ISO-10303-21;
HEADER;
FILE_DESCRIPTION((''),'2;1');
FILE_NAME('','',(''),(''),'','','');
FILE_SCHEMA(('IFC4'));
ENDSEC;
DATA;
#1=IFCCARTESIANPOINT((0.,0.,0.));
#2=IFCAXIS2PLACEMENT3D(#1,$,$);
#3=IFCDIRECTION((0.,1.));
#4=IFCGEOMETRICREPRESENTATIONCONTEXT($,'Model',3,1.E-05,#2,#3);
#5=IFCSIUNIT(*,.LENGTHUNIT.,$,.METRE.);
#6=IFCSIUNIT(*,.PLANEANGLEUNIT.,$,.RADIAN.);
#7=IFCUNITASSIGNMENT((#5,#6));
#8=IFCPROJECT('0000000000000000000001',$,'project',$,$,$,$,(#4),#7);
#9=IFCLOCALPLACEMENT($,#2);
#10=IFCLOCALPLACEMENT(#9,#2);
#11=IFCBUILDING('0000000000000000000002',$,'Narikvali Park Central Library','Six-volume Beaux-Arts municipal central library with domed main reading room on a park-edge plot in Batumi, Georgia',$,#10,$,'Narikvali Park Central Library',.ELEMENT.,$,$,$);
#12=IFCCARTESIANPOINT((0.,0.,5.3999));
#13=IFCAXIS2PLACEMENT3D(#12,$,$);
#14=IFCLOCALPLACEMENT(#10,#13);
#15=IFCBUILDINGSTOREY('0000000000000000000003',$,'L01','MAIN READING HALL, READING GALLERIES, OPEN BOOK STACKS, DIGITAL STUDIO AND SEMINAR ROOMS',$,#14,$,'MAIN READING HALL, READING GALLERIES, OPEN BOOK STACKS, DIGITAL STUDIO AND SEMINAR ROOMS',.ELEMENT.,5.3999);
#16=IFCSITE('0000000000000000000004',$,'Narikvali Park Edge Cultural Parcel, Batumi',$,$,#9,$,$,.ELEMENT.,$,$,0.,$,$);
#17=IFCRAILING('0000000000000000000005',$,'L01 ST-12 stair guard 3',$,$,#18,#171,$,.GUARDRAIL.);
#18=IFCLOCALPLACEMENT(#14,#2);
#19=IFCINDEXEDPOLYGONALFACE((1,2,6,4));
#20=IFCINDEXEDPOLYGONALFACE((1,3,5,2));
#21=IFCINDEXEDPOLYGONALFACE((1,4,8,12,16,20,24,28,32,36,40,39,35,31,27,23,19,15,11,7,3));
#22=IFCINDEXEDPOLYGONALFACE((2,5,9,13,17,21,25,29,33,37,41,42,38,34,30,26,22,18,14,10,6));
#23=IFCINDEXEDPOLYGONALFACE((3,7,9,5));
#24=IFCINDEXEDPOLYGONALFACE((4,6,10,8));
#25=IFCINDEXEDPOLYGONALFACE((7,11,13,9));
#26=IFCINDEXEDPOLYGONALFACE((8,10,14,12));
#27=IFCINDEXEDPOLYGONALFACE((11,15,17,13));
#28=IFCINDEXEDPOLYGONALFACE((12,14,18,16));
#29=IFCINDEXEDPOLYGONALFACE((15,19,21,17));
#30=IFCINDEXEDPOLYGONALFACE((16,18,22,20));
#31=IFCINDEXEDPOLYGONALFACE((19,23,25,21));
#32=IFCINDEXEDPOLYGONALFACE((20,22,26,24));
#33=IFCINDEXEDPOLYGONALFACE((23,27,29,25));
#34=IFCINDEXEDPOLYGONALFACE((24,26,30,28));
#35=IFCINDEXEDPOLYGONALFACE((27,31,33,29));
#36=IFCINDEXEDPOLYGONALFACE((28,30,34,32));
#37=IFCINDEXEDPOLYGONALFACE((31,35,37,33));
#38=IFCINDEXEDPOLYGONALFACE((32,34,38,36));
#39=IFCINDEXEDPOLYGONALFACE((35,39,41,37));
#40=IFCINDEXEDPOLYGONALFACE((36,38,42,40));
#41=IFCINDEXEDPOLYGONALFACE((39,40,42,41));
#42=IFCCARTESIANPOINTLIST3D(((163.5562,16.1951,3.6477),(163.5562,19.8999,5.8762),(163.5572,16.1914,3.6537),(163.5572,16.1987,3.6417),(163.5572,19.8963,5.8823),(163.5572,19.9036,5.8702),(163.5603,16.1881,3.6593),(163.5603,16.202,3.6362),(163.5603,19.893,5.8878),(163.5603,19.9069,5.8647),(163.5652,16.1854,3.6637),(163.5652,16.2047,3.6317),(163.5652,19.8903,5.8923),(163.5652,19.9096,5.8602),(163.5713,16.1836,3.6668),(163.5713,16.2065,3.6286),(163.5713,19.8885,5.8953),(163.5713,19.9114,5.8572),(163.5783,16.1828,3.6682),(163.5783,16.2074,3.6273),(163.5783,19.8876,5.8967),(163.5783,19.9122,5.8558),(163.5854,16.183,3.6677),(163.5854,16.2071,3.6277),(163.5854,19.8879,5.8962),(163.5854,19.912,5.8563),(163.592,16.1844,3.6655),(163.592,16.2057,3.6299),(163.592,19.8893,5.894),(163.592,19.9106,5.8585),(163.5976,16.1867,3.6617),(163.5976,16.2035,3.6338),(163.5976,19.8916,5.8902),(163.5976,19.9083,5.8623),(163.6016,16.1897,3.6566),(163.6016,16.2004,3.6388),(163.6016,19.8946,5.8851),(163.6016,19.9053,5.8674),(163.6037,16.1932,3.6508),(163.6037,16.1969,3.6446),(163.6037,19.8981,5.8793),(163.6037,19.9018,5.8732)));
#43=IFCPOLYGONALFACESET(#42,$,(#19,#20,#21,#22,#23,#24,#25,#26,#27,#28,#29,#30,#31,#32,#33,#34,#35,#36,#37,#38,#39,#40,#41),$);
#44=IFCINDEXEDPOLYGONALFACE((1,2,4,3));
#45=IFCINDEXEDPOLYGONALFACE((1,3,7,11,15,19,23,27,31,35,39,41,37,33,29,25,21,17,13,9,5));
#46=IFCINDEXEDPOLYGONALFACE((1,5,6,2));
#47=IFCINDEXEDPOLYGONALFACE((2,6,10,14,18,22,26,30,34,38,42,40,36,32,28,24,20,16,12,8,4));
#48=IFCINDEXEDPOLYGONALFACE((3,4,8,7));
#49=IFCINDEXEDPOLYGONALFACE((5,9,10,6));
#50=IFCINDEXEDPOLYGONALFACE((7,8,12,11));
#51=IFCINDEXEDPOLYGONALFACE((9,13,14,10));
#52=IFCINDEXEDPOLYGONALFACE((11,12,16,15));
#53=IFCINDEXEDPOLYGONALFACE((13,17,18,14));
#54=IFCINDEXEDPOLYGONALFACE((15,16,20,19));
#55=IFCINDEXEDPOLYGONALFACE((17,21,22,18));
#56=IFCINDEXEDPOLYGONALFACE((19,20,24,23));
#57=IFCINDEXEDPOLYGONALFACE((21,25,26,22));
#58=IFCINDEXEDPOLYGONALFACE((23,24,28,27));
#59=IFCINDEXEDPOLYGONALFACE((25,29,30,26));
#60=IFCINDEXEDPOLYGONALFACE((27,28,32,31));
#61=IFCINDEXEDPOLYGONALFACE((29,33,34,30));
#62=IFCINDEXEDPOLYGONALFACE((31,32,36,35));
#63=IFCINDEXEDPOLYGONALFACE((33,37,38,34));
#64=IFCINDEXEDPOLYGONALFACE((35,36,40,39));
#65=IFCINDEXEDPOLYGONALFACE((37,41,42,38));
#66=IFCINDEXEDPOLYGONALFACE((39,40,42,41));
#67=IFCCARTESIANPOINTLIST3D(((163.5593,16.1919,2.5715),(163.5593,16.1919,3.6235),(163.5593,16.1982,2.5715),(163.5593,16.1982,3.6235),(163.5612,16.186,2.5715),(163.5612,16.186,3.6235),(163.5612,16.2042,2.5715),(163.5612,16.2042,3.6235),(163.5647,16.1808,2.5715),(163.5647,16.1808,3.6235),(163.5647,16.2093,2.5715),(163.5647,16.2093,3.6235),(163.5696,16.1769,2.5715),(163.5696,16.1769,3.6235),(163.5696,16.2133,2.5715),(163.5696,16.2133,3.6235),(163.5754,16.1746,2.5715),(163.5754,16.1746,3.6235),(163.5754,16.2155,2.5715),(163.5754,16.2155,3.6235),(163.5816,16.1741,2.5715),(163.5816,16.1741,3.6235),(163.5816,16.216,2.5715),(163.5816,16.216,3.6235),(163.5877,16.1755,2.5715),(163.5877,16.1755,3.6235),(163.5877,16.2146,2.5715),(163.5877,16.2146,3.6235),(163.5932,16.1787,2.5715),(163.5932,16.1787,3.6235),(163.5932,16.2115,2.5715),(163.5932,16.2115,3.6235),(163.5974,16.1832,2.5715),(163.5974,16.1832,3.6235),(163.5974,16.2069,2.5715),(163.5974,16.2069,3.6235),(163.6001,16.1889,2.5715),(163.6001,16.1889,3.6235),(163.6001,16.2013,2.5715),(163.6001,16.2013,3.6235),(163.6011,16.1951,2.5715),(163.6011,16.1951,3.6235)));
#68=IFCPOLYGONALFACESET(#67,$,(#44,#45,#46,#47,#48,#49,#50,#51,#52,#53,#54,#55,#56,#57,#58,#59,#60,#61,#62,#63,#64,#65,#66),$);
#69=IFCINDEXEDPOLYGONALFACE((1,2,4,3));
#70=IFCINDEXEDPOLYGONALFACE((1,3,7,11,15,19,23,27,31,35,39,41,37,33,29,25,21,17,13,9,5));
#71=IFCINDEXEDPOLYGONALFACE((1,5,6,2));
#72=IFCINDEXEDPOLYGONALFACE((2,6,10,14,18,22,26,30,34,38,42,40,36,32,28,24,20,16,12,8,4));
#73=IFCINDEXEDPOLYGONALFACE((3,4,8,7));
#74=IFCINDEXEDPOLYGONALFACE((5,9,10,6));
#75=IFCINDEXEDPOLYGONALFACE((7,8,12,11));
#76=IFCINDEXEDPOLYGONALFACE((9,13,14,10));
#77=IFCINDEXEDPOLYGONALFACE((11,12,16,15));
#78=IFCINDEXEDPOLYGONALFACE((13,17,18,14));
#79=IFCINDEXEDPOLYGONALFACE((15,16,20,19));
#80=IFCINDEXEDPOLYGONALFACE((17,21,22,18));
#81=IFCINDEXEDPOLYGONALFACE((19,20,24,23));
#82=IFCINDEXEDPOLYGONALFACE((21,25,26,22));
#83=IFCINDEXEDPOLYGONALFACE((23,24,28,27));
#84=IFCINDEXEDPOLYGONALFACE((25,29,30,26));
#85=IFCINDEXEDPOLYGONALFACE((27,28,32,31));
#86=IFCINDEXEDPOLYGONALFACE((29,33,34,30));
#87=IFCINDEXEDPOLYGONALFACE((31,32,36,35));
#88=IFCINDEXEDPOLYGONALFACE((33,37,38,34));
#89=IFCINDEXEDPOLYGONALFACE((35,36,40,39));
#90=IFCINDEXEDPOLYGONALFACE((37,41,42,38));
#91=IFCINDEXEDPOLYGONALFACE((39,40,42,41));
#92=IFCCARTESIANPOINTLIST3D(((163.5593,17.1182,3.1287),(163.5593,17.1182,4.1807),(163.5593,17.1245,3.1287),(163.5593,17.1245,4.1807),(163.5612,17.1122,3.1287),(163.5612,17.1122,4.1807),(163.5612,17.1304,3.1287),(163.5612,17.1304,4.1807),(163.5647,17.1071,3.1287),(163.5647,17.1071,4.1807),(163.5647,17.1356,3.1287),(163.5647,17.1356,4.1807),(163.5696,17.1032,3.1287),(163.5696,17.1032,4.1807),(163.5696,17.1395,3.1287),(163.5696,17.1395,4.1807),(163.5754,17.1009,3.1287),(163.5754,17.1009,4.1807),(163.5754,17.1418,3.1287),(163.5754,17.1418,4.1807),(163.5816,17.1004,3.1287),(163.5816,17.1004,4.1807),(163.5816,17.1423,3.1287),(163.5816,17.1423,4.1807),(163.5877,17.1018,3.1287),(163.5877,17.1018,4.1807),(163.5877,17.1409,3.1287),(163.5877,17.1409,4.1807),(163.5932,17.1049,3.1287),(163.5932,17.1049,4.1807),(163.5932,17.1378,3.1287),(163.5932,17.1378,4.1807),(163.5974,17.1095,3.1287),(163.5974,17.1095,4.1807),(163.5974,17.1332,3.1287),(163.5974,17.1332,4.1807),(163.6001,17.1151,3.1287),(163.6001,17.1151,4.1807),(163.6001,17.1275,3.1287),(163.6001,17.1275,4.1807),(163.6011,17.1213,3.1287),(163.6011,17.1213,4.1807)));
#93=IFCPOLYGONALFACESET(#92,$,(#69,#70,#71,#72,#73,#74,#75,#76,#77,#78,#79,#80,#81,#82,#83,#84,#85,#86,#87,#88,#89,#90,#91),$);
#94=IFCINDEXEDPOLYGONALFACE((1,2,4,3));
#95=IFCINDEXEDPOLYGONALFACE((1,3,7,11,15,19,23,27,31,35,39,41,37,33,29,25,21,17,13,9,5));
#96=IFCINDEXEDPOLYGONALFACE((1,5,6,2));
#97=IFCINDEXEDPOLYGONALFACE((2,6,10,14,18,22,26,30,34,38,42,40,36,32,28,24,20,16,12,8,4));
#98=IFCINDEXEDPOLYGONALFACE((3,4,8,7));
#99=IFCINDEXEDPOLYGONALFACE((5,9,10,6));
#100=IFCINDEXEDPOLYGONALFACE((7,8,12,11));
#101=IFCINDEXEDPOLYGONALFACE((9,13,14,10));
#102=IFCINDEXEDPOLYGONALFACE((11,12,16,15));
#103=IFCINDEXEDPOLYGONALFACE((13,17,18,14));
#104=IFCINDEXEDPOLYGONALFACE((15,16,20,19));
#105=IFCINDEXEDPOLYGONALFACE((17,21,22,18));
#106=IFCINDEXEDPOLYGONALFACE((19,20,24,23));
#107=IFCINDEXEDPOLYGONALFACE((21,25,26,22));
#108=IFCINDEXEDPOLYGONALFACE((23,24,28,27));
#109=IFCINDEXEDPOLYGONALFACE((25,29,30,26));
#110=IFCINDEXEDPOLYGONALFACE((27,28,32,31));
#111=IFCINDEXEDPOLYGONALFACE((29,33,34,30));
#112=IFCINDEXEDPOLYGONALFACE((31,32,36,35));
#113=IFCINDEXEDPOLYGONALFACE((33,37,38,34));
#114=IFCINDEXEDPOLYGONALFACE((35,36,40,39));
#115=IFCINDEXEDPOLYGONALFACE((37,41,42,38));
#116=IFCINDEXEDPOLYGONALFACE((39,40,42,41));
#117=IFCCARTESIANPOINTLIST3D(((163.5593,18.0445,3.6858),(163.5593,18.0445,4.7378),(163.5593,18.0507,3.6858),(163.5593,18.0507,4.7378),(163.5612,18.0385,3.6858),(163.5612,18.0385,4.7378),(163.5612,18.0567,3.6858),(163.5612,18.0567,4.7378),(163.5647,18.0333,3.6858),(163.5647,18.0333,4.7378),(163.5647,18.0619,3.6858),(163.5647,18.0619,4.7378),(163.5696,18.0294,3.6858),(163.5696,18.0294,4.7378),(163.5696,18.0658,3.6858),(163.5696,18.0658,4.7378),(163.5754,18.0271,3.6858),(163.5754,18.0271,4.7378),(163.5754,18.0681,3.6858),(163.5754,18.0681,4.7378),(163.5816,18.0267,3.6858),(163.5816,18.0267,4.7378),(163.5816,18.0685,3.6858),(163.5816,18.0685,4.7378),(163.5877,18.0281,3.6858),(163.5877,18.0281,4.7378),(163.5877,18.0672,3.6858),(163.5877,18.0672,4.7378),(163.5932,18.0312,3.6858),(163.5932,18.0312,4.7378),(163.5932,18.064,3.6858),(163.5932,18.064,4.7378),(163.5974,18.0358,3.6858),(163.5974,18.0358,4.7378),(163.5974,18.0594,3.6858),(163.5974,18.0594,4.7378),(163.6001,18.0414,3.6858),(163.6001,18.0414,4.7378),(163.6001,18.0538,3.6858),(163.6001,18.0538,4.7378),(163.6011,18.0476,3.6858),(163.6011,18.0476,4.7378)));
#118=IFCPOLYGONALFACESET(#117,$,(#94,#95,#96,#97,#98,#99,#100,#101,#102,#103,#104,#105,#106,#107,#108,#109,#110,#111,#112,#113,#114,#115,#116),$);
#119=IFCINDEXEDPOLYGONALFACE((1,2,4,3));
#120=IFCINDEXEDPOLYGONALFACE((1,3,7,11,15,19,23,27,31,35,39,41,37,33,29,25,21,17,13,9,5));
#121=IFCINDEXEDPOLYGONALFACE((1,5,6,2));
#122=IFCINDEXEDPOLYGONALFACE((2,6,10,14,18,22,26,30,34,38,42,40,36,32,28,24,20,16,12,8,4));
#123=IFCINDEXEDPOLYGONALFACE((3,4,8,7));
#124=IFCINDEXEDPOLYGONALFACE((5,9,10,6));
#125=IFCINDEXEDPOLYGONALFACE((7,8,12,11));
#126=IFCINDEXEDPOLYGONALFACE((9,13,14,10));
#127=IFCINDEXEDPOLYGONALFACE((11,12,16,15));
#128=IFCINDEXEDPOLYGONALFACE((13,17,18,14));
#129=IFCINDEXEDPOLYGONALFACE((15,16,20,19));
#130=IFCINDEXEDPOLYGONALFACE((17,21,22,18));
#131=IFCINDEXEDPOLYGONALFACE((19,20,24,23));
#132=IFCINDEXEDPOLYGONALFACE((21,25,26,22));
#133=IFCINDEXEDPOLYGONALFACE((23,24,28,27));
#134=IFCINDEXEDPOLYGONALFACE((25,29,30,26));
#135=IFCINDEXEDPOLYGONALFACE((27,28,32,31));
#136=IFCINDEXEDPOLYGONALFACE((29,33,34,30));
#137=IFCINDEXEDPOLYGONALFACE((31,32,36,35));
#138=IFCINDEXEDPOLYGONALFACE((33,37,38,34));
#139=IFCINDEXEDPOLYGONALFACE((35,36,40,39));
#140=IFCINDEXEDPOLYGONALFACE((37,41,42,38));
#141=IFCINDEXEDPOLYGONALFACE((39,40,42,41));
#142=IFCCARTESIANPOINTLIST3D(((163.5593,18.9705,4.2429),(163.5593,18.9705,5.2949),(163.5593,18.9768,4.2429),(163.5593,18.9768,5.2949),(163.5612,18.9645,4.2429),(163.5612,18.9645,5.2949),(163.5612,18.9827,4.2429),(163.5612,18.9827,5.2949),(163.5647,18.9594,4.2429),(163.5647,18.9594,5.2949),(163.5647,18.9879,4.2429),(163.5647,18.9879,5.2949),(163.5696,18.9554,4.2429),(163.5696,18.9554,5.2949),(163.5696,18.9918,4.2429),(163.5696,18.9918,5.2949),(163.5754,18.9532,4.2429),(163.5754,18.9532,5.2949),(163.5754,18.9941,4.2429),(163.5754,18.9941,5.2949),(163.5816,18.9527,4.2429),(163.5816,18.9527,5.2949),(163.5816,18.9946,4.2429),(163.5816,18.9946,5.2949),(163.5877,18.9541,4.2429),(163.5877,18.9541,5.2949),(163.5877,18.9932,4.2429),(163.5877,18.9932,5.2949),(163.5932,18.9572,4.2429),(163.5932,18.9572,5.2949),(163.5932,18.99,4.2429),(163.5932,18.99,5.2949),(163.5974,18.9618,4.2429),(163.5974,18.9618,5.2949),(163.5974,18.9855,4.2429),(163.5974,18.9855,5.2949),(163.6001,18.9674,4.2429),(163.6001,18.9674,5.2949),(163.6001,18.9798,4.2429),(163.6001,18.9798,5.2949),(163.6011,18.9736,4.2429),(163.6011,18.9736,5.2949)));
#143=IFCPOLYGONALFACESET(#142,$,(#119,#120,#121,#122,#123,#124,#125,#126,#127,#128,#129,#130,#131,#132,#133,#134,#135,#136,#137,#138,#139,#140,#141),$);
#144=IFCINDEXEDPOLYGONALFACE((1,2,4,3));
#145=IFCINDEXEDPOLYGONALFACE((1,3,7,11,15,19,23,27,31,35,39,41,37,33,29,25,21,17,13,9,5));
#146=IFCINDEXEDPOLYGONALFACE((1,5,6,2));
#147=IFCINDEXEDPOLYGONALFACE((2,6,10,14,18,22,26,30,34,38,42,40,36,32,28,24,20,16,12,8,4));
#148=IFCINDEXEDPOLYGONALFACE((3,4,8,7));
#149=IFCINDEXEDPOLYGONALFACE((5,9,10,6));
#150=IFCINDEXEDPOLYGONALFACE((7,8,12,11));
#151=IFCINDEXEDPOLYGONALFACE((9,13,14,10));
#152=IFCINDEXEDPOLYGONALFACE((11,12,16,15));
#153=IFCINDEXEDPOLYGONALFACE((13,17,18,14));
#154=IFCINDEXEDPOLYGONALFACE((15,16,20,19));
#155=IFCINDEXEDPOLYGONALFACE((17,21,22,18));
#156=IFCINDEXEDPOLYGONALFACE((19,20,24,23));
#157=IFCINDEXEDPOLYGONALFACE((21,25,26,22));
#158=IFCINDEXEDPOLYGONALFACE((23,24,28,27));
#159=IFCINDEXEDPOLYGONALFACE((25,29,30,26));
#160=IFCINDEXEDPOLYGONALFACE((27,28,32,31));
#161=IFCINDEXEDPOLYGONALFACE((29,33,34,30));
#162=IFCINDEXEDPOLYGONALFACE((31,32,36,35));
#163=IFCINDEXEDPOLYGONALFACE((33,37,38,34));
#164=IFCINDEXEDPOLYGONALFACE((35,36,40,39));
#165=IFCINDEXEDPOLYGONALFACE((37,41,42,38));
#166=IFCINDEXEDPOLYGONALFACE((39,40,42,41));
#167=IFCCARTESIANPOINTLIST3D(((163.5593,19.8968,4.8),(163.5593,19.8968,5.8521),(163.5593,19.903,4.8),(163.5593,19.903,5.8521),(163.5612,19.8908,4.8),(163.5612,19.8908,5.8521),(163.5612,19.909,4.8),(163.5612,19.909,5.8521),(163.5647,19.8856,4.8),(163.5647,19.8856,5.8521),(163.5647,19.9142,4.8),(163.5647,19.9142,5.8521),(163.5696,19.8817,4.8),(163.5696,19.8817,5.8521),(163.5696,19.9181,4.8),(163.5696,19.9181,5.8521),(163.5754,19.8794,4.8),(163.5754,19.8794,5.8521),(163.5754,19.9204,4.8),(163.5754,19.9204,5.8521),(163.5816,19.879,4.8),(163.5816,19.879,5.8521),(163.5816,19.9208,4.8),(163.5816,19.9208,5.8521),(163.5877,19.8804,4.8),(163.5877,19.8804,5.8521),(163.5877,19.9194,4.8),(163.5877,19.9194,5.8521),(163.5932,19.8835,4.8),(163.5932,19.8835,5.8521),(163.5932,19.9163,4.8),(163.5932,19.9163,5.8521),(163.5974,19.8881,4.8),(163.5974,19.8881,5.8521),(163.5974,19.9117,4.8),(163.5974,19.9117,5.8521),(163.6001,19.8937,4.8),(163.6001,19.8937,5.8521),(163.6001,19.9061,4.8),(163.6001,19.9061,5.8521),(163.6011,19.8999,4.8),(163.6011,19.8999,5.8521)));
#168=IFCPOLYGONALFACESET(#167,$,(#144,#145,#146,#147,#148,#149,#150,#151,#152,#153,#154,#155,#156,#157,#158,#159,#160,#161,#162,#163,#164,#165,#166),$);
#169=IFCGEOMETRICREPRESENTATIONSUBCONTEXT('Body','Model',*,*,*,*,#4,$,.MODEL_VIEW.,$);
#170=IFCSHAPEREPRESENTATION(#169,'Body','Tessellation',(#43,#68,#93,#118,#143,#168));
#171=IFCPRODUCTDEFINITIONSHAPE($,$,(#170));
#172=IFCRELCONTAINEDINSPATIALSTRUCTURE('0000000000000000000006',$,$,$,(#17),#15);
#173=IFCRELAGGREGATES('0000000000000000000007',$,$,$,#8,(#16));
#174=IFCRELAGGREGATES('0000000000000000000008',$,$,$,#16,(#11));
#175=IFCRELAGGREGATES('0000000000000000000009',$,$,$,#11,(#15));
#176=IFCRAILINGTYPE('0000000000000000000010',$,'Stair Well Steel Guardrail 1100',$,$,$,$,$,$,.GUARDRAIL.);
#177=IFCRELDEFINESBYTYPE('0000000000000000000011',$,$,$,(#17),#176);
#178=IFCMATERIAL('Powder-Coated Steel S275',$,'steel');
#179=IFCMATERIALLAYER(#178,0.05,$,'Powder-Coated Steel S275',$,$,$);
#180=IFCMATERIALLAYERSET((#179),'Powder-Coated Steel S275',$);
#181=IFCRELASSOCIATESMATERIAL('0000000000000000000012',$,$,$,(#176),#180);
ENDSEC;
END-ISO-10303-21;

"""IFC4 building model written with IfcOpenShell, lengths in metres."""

from ifc_helpers import new_model, si_unit, direction, frame, origin, origin_2d, place, context, subcontext, project, spatial, circle, extrude, material, layer, layer_set, type_object, element, save


model = new_model("IFC4")

# Units and contexts
model_context = context("Model", 3, precision=1e-05, world=origin(), true_north=direction((0.0, 1.0)))
body_context = subcontext(model_context, "Body", "Model", "MODEL_VIEW")
ifc_project = project(units=[si_unit("LENGTHUNIT", "METRE"), si_unit("PLANEANGLEUNIT", "RADIAN")], contexts=[model_context])

# Site, building, storey
site_placement = place(None, origin())
site = spatial("IfcSite", under=ifc_project, at=site_placement, Name="Narikvali Park Edge Cultural Parcel, Batumi", CompositionType="ELEMENT", RefElevation=0.0)
building_placement = place(site_placement, origin())
building = spatial("IfcBuilding", under=site, at=building_placement, Name="Narikvali Park Central Library", Description="Six-volume Beaux-Arts municipal central library with domed main reading room on a park-edge plot in Batumi, Georgia", LongName="Narikvali Park Central Library", CompositionType="ELEMENT")
storey_placement = place(building_placement, frame((0.0, 0.0, 5.3999)))
storey = spatial("IfcBuildingStorey", under=building, at=storey_placement, Name="L01", Description="MAIN READING HALL, READING GALLERIES, OPEN BOOK STACKS, DIGITAL STUDIO AND SEMINAR ROOMS", LongName="MAIN READING HALL, READING GALLERIES, OPEN BOOK STACKS, DIGITAL STUDIO AND SEMINAR ROOMS", CompositionType="ELEMENT", Elevation=5.3999)

# Railing
ifc_material_1 = material(Name="Powder-Coated Steel S275", Category="steel")
ifc_layer_1 = layer(ifc_material_1, 0.05, Name="Powder-Coated Steel S275")
ifc_layer_set_1 = layer_set([ifc_layer_1], Name="Powder-Coated Steel S275")
railing_type_1 = type_object("IfcRailingType", Name="Stair Well Steel Guardrail 1100", PredefinedType="GUARDRAIL", material=ifc_layer_set_1)
railing_1_placement = place(storey_placement, frame((163.5801, 16.1951, 2.5715)))
element("IfcRailing", 1, at=railing_1_placement, inside=storey, type_object=railing_type_1, Name="L01 ST-12 stair guard 3", PredefinedType="GUARDRAIL", context=body_context, shape_type="SweptSolid", body=[
    extrude(circle(Radius=0.0239, at=origin_2d()), frame((0.0, 0.0, 1.0762), z_axis=(0.0, 0.856919, 0.51545), x_axis=(-1.0, 0.0, 0.0)), (0.0, 0.0, 1.0), 4.3235),
    extrude(circle(Radius=0.021, at=origin_2d()), origin(), (0.0, 0.0, 1.0), 1.052),
    extrude(circle(Radius=0.021, at=origin_2d()), frame((0.0, 0.9263, 0.5571)), (0.0, 0.0, 1.0), 1.052),
    extrude(circle(Radius=0.021, at=origin_2d()), frame((0.0, 1.8525, 1.1143)), (0.0, 0.0, 1.0), 1.052),
    extrude(circle(Radius=0.021, at=origin_2d()), frame((0.0, 2.7786, 1.6714)), (0.0, 0.0, 1.0), 1.052),
    extrude(circle(Radius=0.021, at=origin_2d()), frame((0.0, 3.7048, 2.2285)), (0.0, 0.0, 1.0), 1.052),
])

save(model, "model.ifc")
